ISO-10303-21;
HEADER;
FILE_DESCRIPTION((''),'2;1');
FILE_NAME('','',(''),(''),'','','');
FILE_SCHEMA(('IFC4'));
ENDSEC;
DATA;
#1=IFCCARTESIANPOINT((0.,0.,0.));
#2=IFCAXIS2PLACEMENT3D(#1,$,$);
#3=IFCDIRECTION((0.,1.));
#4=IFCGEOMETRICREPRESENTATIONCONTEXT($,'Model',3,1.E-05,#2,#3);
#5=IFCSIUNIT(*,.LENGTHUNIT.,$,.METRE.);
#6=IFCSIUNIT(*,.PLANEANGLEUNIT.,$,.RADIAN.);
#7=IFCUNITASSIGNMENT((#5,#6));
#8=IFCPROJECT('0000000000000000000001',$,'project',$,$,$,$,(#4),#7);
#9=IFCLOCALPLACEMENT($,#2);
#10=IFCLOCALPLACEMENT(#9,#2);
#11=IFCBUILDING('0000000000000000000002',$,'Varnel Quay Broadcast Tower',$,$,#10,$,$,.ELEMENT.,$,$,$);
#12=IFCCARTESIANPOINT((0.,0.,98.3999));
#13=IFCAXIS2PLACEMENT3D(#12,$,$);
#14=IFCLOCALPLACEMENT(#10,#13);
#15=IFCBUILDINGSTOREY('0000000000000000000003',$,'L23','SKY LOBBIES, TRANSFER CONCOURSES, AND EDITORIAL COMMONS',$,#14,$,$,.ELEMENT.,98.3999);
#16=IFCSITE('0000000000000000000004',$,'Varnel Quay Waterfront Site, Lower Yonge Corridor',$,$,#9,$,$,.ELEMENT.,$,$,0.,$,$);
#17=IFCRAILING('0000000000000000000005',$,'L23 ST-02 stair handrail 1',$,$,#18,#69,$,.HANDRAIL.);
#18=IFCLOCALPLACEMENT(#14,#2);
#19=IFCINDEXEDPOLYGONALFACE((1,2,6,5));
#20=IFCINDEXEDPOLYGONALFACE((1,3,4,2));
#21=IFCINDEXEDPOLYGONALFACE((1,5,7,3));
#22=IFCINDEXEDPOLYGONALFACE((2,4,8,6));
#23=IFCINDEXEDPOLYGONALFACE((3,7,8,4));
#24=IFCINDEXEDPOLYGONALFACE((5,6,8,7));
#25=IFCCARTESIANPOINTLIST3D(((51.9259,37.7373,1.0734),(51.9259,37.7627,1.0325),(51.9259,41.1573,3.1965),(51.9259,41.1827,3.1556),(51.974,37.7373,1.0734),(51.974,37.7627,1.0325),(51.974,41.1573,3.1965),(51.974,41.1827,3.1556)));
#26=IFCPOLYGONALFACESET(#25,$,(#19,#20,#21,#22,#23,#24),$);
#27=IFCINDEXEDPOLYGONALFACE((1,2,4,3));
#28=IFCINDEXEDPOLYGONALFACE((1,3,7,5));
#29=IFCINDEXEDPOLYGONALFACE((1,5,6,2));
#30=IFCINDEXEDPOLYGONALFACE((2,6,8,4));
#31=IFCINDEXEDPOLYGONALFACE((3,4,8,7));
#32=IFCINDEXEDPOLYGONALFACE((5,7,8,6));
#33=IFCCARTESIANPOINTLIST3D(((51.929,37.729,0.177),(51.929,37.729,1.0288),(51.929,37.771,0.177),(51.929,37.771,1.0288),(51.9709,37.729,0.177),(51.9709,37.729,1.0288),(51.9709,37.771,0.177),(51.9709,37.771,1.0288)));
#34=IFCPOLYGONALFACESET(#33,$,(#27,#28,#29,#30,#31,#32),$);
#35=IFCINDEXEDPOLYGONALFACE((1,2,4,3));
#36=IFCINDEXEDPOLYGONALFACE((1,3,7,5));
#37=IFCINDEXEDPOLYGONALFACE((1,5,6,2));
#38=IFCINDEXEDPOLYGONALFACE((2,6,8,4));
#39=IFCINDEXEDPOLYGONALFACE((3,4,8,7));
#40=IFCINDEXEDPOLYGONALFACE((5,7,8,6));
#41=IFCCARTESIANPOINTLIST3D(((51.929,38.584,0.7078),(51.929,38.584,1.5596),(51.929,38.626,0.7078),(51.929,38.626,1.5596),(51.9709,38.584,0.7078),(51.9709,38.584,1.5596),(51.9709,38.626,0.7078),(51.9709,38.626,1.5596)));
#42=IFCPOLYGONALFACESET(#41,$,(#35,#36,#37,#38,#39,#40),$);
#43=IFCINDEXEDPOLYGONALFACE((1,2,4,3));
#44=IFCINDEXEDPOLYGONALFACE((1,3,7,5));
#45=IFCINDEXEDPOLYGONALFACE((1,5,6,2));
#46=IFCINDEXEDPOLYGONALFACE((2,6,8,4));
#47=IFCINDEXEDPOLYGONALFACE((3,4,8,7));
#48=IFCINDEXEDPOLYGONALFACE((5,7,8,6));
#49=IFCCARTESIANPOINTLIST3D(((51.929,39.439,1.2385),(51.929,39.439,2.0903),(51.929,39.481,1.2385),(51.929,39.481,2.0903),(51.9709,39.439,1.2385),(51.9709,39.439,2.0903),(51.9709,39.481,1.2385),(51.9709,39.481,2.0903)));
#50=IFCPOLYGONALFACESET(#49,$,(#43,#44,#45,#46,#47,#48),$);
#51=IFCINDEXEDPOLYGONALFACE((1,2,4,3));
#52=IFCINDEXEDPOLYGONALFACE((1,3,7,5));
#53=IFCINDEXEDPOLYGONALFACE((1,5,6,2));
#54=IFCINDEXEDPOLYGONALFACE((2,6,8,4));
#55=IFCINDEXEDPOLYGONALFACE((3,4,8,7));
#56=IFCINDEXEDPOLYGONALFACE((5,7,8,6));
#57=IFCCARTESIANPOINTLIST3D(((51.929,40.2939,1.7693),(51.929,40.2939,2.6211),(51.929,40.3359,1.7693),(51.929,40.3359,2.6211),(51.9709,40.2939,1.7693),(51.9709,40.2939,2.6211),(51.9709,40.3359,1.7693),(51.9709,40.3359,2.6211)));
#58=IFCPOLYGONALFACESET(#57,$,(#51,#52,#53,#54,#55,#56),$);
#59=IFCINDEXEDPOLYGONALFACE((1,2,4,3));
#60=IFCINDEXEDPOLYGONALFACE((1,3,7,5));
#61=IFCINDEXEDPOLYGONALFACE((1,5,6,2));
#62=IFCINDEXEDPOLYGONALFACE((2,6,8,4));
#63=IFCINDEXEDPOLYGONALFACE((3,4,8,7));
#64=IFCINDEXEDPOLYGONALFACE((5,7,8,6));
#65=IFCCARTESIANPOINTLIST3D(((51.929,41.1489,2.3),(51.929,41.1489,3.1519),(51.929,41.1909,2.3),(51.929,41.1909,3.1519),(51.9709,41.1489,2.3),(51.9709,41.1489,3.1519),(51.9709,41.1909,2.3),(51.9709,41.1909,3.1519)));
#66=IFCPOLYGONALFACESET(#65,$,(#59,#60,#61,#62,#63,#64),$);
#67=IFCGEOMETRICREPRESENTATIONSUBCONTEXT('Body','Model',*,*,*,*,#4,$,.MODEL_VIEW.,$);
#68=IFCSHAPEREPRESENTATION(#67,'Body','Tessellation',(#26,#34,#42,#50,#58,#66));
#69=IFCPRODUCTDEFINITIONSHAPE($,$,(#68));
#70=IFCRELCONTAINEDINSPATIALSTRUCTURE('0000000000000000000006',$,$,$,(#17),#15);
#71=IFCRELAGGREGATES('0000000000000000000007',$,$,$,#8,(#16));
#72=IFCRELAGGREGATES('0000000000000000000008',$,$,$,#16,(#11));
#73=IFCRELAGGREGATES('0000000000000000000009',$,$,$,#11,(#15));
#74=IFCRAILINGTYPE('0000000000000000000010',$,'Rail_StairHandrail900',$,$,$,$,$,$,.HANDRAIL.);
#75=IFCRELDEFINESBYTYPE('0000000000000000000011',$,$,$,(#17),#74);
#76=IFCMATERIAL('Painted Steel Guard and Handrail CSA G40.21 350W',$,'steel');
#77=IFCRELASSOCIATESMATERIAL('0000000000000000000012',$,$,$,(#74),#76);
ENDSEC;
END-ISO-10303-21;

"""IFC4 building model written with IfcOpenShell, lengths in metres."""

from ifc_helpers import new_model, si_unit, direction, frame, origin, origin_2d, place, context, subcontext, project, spatial, rectangle, extrude, material, type_object, element, save


model = new_model("IFC4")

# Units and contexts
model_context = context("Model", 3, precision=1e-05, world=origin(), true_north=direction((0.0, 1.0)))
body_context = subcontext(model_context, "Body", "Model", "MODEL_VIEW")
ifc_project = project(units=[si_unit("LENGTHUNIT", "METRE"), si_unit("PLANEANGLEUNIT", "RADIAN")], contexts=[model_context])

# Site, building, storey
site_placement = place(None, origin())
site = spatial("IfcSite", under=ifc_project, at=site_placement, Name="Varnel Quay Waterfront Site, Lower Yonge Corridor", CompositionType="ELEMENT", RefElevation=0.0)
building_placement = place(site_placement, origin())
building = spatial("IfcBuilding", under=site, at=building_placement, Name="Varnel Quay Broadcast Tower", CompositionType="ELEMENT")
storey_placement = place(building_placement, frame((0.0, 0.0, 98.3999)))
storey = spatial("IfcBuildingStorey", under=building, at=storey_placement, Name="L23", Description="SKY LOBBIES, TRANSFER CONCOURSES, AND EDITORIAL COMMONS", CompositionType="ELEMENT", Elevation=98.3999)

# Railing
ifc_material_1 = material(Name="Painted Steel Guard and Handrail CSA G40.21 350W", Category="steel")
railing_type_1 = type_object("IfcRailingType", Name="Rail_StairHandrail900", PredefinedType="HANDRAIL", material=ifc_material_1)
railing_1_placement = place(storey_placement, frame((51.95, 37.75, 0.177)))
element("IfcRailing", 1, at=railing_1_placement, inside=storey, type_object=railing_type_1, Name="L23 ST-02 stair handrail 1", PredefinedType="HANDRAIL", context=body_context, shape_type="SweptSolid", body=[
    extrude(rectangle(XDim=0.0481, YDim=0.0481, at=origin_2d()), frame((0.0, 0.0, 0.876), z_axis=(0.0, 0.849603, 0.527423), x_axis=(-1.0, 0.0, 0.0)), (0.0, 0.0, 1.0), 4.0254),
    extrude(rectangle(XDim=0.042, YDim=0.042, at=origin_2d()), origin(), (0.0, 0.0, 1.0), 0.8518),
    extrude(rectangle(XDim=0.042, YDim=0.042, at=origin_2d()), frame((0.0, 0.855, 0.5308)), (0.0, 0.0, 1.0), 0.8518),
    extrude(rectangle(XDim=0.042, YDim=0.042, at=origin_2d()), frame((0.0, 1.71, 1.0615)), (0.0, 0.0, 1.0), 0.8518),
    extrude(rectangle(XDim=0.042, YDim=0.042, at=origin_2d()), frame((0.0, 2.5649, 1.5923)), (0.0, 0.0, 1.0), 0.8518),
    extrude(rectangle(XDim=0.042, YDim=0.042, at=origin_2d()), frame((0.0, 3.4199, 2.123)), (0.0, 0.0, 1.0), 0.8518),
])

save(model, "model.ifc")
